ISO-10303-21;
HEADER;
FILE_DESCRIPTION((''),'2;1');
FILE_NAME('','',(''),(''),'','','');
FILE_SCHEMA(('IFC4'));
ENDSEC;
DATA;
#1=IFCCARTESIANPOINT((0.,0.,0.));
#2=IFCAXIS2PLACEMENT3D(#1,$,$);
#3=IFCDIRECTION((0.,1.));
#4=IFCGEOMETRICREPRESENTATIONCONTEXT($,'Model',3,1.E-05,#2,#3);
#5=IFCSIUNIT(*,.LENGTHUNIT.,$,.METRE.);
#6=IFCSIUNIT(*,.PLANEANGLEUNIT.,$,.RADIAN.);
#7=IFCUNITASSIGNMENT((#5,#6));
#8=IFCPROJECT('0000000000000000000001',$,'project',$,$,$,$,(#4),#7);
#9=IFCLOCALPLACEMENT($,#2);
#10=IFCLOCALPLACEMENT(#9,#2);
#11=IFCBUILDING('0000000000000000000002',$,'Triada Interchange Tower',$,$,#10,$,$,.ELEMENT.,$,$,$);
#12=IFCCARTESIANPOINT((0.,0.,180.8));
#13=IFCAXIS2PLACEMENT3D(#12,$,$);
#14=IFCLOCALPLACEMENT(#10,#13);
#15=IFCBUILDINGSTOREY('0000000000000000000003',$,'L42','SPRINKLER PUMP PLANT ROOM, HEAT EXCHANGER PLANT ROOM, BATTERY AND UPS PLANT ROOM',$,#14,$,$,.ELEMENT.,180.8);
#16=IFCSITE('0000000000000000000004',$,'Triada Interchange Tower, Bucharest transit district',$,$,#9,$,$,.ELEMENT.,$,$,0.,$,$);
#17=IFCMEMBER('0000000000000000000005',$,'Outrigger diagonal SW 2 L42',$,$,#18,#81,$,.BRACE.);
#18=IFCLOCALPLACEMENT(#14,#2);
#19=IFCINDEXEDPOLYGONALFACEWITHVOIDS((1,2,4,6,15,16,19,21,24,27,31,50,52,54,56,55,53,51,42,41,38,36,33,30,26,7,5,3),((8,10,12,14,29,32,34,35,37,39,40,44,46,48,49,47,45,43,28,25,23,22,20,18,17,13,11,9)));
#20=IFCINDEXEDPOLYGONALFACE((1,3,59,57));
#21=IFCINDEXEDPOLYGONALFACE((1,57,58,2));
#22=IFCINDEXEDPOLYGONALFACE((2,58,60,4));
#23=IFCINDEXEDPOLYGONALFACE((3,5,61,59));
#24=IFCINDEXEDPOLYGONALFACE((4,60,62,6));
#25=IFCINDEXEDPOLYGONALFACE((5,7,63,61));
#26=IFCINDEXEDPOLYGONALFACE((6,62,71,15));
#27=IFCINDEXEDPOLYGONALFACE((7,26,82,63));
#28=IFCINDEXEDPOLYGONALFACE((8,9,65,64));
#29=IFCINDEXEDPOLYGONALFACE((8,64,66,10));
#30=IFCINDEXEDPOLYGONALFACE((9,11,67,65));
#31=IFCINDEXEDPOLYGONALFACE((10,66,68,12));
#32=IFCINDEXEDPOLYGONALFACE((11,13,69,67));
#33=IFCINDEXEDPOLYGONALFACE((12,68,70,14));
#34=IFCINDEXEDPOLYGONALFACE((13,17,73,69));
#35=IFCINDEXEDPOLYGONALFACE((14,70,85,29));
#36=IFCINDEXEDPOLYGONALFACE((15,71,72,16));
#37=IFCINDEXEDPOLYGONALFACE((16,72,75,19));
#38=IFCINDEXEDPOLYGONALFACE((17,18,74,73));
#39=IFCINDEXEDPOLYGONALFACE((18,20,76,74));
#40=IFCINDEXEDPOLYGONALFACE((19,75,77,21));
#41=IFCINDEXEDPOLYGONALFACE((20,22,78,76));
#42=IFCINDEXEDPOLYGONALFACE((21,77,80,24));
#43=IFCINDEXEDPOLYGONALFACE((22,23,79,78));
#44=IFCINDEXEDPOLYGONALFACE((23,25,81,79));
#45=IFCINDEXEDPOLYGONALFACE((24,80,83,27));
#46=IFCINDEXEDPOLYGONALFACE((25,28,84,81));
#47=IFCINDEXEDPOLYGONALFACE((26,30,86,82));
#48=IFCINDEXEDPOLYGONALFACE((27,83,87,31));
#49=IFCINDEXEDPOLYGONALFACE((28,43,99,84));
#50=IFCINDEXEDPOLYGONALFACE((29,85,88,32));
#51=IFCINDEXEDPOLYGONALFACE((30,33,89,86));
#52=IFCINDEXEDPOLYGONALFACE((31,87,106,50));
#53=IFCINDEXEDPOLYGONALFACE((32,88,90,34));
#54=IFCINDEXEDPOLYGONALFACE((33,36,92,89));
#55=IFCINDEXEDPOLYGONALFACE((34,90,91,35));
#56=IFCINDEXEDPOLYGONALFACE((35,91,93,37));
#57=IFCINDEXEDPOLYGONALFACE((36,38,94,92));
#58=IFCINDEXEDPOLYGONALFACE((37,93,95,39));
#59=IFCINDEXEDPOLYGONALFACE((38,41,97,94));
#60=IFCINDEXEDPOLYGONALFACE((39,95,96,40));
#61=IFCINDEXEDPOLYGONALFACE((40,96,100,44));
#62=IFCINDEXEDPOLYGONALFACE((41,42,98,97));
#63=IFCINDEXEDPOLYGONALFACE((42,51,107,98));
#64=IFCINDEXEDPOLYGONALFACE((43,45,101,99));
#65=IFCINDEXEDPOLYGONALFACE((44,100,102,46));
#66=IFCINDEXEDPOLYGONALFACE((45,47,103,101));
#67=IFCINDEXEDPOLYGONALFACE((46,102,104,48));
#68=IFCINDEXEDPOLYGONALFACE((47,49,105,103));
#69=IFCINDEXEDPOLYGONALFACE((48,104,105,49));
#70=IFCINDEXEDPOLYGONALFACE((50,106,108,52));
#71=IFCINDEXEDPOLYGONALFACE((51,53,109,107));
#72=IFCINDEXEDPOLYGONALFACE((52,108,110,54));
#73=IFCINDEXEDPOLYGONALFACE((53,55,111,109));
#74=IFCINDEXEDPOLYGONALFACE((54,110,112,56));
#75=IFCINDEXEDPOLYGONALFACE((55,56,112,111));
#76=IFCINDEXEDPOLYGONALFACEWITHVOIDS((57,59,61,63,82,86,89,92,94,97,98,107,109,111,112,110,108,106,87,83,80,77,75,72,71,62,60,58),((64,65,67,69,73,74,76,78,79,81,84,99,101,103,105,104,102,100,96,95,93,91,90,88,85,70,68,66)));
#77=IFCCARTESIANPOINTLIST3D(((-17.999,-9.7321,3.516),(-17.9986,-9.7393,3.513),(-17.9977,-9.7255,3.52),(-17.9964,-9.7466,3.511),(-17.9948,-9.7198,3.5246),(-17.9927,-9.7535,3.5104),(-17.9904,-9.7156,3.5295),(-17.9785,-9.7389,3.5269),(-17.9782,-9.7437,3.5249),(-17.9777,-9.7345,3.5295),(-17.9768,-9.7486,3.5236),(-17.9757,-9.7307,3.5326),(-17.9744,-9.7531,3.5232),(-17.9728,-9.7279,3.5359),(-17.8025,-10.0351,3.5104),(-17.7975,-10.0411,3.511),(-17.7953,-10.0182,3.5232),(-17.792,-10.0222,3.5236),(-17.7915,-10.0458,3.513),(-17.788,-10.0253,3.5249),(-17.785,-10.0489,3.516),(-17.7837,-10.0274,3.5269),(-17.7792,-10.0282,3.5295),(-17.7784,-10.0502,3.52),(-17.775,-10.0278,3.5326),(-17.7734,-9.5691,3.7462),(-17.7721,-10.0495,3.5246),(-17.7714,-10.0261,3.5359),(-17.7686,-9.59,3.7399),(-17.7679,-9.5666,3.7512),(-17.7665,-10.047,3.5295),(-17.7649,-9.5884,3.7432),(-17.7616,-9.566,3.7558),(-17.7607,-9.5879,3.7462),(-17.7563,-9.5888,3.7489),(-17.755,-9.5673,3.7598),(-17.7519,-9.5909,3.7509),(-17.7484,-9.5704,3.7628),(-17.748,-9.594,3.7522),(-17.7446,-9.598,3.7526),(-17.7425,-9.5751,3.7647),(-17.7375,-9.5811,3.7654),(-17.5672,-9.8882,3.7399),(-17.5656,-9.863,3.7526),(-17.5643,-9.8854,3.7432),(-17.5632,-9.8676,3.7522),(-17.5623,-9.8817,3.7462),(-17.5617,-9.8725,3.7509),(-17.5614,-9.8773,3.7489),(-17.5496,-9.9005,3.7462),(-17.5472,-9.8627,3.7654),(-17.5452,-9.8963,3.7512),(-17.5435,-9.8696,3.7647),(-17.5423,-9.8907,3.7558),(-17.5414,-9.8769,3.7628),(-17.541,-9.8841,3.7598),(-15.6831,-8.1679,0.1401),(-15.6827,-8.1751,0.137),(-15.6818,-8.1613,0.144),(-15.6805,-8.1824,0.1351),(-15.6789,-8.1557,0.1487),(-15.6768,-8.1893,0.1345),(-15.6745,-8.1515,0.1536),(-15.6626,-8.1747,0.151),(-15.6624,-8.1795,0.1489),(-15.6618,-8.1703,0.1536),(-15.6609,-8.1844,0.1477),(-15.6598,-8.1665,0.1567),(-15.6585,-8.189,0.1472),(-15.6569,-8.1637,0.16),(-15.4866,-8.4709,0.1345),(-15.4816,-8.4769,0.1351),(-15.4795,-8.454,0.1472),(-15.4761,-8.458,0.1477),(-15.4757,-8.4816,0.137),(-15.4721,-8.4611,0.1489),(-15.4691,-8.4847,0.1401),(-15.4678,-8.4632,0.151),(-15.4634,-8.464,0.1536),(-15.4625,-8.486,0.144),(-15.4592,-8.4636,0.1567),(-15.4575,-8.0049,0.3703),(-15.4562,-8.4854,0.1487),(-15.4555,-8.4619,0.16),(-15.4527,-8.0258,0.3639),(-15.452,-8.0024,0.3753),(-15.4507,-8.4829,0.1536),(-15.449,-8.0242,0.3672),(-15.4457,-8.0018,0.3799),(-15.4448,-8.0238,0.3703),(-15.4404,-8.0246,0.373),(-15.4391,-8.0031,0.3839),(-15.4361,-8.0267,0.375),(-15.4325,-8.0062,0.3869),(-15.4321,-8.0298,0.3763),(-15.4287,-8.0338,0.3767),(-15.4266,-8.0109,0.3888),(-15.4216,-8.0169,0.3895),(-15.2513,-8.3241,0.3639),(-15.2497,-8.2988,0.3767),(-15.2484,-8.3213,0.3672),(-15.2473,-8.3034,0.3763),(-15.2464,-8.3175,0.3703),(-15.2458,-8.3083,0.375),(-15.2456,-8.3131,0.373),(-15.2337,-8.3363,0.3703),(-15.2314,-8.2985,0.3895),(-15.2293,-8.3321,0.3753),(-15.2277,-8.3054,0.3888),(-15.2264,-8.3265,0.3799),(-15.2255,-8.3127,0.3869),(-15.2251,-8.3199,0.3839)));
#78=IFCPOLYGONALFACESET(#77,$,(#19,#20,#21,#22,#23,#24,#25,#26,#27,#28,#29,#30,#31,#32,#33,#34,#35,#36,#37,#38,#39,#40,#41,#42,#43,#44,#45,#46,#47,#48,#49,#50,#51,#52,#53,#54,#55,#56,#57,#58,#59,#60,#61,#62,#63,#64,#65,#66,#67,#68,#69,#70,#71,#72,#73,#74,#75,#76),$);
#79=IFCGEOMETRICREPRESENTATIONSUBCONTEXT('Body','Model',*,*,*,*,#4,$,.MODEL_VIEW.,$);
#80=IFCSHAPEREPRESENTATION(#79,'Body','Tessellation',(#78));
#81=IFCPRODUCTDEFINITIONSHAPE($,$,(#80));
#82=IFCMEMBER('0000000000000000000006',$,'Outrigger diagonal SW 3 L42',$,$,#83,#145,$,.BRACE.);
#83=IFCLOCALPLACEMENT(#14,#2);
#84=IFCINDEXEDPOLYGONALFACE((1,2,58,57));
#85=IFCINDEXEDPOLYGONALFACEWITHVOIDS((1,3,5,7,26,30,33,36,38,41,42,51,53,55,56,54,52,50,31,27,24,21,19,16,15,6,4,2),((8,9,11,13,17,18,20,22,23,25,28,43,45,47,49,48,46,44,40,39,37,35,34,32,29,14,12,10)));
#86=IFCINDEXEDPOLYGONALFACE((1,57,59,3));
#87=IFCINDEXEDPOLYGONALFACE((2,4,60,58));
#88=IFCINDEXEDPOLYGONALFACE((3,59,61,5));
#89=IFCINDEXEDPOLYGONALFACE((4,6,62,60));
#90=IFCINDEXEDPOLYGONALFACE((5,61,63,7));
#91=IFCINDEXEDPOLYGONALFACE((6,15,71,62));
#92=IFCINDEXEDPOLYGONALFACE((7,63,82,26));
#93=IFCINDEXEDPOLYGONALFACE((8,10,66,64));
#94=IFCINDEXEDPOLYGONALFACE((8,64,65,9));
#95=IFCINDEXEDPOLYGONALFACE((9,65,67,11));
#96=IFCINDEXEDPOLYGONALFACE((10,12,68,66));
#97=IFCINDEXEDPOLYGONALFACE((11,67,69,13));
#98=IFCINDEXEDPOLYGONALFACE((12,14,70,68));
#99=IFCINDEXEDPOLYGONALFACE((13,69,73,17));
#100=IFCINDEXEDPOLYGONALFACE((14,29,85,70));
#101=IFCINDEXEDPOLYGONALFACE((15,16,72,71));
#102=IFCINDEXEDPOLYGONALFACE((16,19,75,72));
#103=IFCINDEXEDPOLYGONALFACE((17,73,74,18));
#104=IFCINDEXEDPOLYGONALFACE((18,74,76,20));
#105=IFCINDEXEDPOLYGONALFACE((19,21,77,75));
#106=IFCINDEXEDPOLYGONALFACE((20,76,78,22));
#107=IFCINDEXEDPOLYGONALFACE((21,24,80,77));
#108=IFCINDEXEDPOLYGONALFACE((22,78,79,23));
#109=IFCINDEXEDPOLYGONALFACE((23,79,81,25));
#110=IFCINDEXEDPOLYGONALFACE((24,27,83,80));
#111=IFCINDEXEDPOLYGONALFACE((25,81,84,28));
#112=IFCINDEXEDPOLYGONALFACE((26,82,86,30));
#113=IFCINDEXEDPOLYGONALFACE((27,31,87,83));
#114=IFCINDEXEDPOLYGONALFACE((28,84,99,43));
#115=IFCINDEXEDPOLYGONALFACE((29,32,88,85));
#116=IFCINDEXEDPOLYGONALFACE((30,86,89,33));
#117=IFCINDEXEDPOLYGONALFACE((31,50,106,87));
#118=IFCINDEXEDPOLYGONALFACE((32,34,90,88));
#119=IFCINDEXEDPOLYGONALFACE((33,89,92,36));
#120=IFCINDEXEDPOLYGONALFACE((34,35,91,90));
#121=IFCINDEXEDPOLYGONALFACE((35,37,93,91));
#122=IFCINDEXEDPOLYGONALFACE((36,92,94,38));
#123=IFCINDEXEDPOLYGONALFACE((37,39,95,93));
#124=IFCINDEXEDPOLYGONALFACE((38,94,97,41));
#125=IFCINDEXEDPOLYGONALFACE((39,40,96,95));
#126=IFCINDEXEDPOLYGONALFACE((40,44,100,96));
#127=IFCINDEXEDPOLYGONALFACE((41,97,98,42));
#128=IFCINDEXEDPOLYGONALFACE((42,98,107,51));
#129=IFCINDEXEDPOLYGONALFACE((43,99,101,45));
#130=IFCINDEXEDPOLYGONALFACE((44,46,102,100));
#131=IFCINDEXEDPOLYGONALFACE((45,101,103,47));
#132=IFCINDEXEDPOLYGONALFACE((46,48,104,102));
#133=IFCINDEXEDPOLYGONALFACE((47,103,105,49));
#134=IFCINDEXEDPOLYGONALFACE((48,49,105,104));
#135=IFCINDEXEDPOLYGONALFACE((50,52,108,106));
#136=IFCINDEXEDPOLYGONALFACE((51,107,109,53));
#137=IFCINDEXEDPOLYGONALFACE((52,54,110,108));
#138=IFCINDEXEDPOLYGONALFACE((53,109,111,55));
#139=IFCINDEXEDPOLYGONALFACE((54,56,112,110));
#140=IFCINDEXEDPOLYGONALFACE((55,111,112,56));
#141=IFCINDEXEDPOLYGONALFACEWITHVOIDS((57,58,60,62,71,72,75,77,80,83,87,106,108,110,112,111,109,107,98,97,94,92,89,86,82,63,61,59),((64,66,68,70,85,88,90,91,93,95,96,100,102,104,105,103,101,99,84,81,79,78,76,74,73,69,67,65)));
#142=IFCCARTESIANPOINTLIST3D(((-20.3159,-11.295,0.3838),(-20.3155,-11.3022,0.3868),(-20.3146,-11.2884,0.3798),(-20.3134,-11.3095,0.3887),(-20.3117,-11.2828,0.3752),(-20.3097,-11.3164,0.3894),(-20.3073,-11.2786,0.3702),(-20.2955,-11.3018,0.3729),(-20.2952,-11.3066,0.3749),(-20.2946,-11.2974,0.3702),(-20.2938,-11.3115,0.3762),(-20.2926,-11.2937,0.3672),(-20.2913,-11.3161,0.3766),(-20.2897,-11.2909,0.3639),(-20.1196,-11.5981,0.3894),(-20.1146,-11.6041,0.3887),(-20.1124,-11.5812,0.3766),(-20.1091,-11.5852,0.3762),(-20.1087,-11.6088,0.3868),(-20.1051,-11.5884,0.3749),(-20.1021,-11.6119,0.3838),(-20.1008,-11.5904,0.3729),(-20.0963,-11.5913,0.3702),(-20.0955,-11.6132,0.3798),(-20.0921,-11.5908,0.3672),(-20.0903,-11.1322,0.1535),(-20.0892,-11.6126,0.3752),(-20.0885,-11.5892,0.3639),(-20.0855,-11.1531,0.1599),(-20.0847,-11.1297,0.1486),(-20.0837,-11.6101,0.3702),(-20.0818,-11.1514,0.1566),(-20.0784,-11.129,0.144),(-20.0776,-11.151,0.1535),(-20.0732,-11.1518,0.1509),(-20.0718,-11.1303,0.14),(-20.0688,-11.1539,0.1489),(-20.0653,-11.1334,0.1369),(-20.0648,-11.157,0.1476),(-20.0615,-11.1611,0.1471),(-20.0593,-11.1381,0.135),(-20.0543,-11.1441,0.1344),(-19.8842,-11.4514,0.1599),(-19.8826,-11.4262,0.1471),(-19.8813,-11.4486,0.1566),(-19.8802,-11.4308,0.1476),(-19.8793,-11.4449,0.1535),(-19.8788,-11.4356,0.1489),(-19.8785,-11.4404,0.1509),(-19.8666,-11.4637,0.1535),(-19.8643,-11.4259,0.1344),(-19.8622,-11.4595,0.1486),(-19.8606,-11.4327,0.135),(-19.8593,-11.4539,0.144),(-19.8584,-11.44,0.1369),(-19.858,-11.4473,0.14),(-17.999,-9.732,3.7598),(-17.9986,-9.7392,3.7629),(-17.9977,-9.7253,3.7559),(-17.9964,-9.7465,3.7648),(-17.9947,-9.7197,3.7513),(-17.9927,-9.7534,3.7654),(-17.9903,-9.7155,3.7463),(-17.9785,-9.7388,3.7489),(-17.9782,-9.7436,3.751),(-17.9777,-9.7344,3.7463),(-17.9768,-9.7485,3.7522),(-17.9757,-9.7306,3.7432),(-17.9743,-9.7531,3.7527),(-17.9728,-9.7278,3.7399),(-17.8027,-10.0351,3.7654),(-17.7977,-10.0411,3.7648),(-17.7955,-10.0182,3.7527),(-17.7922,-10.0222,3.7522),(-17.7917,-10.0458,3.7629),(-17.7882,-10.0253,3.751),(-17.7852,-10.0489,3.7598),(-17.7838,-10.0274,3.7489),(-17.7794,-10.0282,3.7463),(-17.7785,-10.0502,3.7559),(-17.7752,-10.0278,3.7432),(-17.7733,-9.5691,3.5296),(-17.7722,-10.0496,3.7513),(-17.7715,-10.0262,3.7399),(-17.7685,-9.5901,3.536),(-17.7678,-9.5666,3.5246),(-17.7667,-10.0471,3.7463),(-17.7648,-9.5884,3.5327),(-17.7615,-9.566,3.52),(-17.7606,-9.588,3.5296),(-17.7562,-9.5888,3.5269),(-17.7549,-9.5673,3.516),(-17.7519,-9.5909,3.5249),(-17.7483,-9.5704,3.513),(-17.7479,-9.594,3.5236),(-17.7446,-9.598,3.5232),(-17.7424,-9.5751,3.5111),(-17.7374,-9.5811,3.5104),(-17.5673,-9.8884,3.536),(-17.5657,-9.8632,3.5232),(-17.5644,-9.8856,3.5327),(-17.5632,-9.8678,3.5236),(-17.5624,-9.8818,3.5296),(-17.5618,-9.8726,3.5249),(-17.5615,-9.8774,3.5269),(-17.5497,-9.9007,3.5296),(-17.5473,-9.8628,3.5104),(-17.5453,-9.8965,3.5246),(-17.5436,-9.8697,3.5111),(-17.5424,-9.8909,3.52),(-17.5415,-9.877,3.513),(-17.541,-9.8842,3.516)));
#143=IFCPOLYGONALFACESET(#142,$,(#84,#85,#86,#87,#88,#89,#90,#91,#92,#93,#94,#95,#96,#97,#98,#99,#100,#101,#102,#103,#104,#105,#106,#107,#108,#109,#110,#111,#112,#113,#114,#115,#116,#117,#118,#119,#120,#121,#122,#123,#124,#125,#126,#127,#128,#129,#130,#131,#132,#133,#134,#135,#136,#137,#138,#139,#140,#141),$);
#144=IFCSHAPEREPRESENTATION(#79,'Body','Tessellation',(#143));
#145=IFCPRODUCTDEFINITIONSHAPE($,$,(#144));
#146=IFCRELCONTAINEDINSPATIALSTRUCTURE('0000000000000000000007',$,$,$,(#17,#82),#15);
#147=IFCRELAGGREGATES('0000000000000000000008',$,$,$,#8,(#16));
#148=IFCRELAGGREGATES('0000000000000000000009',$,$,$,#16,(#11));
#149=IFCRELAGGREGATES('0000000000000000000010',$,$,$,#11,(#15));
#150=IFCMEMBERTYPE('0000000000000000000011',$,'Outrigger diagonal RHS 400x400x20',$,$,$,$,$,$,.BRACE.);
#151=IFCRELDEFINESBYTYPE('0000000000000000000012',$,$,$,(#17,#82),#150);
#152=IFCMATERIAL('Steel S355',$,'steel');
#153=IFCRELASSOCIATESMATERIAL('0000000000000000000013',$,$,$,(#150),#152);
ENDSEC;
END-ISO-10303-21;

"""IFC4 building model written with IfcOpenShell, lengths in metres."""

from ifc_helpers import new_model, si_unit, direction, frame, origin, origin_2d, place, context, subcontext, project, spatial, hollow_rectangle, extrude, material, material_profile, profile_set, type_object, element, save


model = new_model("IFC4")

# Units and contexts
model_context = context("Model", 3, precision=1e-05, world=origin(), true_north=direction((0.0, 1.0)))
body_context = subcontext(model_context, "Body", "Model", "MODEL_VIEW")
ifc_project = project(units=[si_unit("LENGTHUNIT", "METRE"), si_unit("PLANEANGLEUNIT", "RADIAN")], contexts=[model_context])

# Site, building, storey
site_placement = place(None, origin())
site = spatial("IfcSite", under=ifc_project, at=site_placement, Name="Triada Interchange Tower, Bucharest transit district", CompositionType="ELEMENT", RefElevation=0.0)
building_placement = place(site_placement, origin())
building = spatial("IfcBuilding", under=site, at=building_placement, Name="Triada Interchange Tower", CompositionType="ELEMENT")
storey_placement = place(building_placement, frame((0.0, 0.0, 180.8)))
storey = spatial("IfcBuildingStorey", under=building, at=storey_placement, Name="L42", Description="SPRINKLER PUMP PLANT ROOM, HEAT EXCHANGER PLANT ROOM, BATTERY AND UPS PLANT ROOM", CompositionType="ELEMENT", Elevation=180.8)

# Members
ifc_material_1 = material(Name="Steel S355", Category="steel")
ifc_material_profile_1 = material_profile(ifc_material_1, hollow_rectangle(XDim=0.3999, YDim=0.3999, WallThickness=0.02, InnerFilletRadius=0.02, OuterFilletRadius=0.03, at=origin_2d()), Name="RHS 400x400x20")
ifc_profile_set_1 = profile_set([ifc_material_profile_1], Name="Steel S355")
member_type_1 = type_object("IfcMemberType", Name="Outrigger diagonal RHS 400x400x20", PredefinedType="BRACE", material=ifc_profile_set_1)
member_1_placement = place(storey_placement, frame((-15.4541, -8.2439, 0.262), z_axis=(-0.528431, -0.356911, 0.770308), x_axis=(0.55971, -0.828689, 0.0)))
element("IfcMember", 1, at=member_1_placement, inside=storey, type_object=member_type_1, Name="Outrigger diagonal SW 2 L42", PredefinedType="BRACE", context=body_context, shape_type="SweptSolid", body=[
    extrude(hollow_rectangle(XDim=0.3999, YDim=0.3999, WallThickness=0.02, InnerFilletRadius=0.02, OuterFilletRadius=0.03, at=origin_2d()), origin(), (0.0, 0.0, 1.0), 4.3826),
])
member_2_placement = place(storey_placement, frame((-17.77, -9.8081, 3.6379), z_axis=(-0.528644, -0.356626, -0.770294), x_axis=(0.559248, -0.829001, 0.0)))
element("IfcMember", 2, at=member_2_placement, inside=storey, type_object=member_type_1, Name="Outrigger diagonal SW 3 L42", PredefinedType="BRACE", context=body_context, shape_type="SweptSolid", body=[
    extrude(hollow_rectangle(XDim=0.3999, YDim=0.3999, WallThickness=0.02, InnerFilletRadius=0.02, OuterFilletRadius=0.03, at=origin_2d()), origin(), (0.0, 0.0, 1.0), 4.3828),
])

save(model, "model.ifc")
